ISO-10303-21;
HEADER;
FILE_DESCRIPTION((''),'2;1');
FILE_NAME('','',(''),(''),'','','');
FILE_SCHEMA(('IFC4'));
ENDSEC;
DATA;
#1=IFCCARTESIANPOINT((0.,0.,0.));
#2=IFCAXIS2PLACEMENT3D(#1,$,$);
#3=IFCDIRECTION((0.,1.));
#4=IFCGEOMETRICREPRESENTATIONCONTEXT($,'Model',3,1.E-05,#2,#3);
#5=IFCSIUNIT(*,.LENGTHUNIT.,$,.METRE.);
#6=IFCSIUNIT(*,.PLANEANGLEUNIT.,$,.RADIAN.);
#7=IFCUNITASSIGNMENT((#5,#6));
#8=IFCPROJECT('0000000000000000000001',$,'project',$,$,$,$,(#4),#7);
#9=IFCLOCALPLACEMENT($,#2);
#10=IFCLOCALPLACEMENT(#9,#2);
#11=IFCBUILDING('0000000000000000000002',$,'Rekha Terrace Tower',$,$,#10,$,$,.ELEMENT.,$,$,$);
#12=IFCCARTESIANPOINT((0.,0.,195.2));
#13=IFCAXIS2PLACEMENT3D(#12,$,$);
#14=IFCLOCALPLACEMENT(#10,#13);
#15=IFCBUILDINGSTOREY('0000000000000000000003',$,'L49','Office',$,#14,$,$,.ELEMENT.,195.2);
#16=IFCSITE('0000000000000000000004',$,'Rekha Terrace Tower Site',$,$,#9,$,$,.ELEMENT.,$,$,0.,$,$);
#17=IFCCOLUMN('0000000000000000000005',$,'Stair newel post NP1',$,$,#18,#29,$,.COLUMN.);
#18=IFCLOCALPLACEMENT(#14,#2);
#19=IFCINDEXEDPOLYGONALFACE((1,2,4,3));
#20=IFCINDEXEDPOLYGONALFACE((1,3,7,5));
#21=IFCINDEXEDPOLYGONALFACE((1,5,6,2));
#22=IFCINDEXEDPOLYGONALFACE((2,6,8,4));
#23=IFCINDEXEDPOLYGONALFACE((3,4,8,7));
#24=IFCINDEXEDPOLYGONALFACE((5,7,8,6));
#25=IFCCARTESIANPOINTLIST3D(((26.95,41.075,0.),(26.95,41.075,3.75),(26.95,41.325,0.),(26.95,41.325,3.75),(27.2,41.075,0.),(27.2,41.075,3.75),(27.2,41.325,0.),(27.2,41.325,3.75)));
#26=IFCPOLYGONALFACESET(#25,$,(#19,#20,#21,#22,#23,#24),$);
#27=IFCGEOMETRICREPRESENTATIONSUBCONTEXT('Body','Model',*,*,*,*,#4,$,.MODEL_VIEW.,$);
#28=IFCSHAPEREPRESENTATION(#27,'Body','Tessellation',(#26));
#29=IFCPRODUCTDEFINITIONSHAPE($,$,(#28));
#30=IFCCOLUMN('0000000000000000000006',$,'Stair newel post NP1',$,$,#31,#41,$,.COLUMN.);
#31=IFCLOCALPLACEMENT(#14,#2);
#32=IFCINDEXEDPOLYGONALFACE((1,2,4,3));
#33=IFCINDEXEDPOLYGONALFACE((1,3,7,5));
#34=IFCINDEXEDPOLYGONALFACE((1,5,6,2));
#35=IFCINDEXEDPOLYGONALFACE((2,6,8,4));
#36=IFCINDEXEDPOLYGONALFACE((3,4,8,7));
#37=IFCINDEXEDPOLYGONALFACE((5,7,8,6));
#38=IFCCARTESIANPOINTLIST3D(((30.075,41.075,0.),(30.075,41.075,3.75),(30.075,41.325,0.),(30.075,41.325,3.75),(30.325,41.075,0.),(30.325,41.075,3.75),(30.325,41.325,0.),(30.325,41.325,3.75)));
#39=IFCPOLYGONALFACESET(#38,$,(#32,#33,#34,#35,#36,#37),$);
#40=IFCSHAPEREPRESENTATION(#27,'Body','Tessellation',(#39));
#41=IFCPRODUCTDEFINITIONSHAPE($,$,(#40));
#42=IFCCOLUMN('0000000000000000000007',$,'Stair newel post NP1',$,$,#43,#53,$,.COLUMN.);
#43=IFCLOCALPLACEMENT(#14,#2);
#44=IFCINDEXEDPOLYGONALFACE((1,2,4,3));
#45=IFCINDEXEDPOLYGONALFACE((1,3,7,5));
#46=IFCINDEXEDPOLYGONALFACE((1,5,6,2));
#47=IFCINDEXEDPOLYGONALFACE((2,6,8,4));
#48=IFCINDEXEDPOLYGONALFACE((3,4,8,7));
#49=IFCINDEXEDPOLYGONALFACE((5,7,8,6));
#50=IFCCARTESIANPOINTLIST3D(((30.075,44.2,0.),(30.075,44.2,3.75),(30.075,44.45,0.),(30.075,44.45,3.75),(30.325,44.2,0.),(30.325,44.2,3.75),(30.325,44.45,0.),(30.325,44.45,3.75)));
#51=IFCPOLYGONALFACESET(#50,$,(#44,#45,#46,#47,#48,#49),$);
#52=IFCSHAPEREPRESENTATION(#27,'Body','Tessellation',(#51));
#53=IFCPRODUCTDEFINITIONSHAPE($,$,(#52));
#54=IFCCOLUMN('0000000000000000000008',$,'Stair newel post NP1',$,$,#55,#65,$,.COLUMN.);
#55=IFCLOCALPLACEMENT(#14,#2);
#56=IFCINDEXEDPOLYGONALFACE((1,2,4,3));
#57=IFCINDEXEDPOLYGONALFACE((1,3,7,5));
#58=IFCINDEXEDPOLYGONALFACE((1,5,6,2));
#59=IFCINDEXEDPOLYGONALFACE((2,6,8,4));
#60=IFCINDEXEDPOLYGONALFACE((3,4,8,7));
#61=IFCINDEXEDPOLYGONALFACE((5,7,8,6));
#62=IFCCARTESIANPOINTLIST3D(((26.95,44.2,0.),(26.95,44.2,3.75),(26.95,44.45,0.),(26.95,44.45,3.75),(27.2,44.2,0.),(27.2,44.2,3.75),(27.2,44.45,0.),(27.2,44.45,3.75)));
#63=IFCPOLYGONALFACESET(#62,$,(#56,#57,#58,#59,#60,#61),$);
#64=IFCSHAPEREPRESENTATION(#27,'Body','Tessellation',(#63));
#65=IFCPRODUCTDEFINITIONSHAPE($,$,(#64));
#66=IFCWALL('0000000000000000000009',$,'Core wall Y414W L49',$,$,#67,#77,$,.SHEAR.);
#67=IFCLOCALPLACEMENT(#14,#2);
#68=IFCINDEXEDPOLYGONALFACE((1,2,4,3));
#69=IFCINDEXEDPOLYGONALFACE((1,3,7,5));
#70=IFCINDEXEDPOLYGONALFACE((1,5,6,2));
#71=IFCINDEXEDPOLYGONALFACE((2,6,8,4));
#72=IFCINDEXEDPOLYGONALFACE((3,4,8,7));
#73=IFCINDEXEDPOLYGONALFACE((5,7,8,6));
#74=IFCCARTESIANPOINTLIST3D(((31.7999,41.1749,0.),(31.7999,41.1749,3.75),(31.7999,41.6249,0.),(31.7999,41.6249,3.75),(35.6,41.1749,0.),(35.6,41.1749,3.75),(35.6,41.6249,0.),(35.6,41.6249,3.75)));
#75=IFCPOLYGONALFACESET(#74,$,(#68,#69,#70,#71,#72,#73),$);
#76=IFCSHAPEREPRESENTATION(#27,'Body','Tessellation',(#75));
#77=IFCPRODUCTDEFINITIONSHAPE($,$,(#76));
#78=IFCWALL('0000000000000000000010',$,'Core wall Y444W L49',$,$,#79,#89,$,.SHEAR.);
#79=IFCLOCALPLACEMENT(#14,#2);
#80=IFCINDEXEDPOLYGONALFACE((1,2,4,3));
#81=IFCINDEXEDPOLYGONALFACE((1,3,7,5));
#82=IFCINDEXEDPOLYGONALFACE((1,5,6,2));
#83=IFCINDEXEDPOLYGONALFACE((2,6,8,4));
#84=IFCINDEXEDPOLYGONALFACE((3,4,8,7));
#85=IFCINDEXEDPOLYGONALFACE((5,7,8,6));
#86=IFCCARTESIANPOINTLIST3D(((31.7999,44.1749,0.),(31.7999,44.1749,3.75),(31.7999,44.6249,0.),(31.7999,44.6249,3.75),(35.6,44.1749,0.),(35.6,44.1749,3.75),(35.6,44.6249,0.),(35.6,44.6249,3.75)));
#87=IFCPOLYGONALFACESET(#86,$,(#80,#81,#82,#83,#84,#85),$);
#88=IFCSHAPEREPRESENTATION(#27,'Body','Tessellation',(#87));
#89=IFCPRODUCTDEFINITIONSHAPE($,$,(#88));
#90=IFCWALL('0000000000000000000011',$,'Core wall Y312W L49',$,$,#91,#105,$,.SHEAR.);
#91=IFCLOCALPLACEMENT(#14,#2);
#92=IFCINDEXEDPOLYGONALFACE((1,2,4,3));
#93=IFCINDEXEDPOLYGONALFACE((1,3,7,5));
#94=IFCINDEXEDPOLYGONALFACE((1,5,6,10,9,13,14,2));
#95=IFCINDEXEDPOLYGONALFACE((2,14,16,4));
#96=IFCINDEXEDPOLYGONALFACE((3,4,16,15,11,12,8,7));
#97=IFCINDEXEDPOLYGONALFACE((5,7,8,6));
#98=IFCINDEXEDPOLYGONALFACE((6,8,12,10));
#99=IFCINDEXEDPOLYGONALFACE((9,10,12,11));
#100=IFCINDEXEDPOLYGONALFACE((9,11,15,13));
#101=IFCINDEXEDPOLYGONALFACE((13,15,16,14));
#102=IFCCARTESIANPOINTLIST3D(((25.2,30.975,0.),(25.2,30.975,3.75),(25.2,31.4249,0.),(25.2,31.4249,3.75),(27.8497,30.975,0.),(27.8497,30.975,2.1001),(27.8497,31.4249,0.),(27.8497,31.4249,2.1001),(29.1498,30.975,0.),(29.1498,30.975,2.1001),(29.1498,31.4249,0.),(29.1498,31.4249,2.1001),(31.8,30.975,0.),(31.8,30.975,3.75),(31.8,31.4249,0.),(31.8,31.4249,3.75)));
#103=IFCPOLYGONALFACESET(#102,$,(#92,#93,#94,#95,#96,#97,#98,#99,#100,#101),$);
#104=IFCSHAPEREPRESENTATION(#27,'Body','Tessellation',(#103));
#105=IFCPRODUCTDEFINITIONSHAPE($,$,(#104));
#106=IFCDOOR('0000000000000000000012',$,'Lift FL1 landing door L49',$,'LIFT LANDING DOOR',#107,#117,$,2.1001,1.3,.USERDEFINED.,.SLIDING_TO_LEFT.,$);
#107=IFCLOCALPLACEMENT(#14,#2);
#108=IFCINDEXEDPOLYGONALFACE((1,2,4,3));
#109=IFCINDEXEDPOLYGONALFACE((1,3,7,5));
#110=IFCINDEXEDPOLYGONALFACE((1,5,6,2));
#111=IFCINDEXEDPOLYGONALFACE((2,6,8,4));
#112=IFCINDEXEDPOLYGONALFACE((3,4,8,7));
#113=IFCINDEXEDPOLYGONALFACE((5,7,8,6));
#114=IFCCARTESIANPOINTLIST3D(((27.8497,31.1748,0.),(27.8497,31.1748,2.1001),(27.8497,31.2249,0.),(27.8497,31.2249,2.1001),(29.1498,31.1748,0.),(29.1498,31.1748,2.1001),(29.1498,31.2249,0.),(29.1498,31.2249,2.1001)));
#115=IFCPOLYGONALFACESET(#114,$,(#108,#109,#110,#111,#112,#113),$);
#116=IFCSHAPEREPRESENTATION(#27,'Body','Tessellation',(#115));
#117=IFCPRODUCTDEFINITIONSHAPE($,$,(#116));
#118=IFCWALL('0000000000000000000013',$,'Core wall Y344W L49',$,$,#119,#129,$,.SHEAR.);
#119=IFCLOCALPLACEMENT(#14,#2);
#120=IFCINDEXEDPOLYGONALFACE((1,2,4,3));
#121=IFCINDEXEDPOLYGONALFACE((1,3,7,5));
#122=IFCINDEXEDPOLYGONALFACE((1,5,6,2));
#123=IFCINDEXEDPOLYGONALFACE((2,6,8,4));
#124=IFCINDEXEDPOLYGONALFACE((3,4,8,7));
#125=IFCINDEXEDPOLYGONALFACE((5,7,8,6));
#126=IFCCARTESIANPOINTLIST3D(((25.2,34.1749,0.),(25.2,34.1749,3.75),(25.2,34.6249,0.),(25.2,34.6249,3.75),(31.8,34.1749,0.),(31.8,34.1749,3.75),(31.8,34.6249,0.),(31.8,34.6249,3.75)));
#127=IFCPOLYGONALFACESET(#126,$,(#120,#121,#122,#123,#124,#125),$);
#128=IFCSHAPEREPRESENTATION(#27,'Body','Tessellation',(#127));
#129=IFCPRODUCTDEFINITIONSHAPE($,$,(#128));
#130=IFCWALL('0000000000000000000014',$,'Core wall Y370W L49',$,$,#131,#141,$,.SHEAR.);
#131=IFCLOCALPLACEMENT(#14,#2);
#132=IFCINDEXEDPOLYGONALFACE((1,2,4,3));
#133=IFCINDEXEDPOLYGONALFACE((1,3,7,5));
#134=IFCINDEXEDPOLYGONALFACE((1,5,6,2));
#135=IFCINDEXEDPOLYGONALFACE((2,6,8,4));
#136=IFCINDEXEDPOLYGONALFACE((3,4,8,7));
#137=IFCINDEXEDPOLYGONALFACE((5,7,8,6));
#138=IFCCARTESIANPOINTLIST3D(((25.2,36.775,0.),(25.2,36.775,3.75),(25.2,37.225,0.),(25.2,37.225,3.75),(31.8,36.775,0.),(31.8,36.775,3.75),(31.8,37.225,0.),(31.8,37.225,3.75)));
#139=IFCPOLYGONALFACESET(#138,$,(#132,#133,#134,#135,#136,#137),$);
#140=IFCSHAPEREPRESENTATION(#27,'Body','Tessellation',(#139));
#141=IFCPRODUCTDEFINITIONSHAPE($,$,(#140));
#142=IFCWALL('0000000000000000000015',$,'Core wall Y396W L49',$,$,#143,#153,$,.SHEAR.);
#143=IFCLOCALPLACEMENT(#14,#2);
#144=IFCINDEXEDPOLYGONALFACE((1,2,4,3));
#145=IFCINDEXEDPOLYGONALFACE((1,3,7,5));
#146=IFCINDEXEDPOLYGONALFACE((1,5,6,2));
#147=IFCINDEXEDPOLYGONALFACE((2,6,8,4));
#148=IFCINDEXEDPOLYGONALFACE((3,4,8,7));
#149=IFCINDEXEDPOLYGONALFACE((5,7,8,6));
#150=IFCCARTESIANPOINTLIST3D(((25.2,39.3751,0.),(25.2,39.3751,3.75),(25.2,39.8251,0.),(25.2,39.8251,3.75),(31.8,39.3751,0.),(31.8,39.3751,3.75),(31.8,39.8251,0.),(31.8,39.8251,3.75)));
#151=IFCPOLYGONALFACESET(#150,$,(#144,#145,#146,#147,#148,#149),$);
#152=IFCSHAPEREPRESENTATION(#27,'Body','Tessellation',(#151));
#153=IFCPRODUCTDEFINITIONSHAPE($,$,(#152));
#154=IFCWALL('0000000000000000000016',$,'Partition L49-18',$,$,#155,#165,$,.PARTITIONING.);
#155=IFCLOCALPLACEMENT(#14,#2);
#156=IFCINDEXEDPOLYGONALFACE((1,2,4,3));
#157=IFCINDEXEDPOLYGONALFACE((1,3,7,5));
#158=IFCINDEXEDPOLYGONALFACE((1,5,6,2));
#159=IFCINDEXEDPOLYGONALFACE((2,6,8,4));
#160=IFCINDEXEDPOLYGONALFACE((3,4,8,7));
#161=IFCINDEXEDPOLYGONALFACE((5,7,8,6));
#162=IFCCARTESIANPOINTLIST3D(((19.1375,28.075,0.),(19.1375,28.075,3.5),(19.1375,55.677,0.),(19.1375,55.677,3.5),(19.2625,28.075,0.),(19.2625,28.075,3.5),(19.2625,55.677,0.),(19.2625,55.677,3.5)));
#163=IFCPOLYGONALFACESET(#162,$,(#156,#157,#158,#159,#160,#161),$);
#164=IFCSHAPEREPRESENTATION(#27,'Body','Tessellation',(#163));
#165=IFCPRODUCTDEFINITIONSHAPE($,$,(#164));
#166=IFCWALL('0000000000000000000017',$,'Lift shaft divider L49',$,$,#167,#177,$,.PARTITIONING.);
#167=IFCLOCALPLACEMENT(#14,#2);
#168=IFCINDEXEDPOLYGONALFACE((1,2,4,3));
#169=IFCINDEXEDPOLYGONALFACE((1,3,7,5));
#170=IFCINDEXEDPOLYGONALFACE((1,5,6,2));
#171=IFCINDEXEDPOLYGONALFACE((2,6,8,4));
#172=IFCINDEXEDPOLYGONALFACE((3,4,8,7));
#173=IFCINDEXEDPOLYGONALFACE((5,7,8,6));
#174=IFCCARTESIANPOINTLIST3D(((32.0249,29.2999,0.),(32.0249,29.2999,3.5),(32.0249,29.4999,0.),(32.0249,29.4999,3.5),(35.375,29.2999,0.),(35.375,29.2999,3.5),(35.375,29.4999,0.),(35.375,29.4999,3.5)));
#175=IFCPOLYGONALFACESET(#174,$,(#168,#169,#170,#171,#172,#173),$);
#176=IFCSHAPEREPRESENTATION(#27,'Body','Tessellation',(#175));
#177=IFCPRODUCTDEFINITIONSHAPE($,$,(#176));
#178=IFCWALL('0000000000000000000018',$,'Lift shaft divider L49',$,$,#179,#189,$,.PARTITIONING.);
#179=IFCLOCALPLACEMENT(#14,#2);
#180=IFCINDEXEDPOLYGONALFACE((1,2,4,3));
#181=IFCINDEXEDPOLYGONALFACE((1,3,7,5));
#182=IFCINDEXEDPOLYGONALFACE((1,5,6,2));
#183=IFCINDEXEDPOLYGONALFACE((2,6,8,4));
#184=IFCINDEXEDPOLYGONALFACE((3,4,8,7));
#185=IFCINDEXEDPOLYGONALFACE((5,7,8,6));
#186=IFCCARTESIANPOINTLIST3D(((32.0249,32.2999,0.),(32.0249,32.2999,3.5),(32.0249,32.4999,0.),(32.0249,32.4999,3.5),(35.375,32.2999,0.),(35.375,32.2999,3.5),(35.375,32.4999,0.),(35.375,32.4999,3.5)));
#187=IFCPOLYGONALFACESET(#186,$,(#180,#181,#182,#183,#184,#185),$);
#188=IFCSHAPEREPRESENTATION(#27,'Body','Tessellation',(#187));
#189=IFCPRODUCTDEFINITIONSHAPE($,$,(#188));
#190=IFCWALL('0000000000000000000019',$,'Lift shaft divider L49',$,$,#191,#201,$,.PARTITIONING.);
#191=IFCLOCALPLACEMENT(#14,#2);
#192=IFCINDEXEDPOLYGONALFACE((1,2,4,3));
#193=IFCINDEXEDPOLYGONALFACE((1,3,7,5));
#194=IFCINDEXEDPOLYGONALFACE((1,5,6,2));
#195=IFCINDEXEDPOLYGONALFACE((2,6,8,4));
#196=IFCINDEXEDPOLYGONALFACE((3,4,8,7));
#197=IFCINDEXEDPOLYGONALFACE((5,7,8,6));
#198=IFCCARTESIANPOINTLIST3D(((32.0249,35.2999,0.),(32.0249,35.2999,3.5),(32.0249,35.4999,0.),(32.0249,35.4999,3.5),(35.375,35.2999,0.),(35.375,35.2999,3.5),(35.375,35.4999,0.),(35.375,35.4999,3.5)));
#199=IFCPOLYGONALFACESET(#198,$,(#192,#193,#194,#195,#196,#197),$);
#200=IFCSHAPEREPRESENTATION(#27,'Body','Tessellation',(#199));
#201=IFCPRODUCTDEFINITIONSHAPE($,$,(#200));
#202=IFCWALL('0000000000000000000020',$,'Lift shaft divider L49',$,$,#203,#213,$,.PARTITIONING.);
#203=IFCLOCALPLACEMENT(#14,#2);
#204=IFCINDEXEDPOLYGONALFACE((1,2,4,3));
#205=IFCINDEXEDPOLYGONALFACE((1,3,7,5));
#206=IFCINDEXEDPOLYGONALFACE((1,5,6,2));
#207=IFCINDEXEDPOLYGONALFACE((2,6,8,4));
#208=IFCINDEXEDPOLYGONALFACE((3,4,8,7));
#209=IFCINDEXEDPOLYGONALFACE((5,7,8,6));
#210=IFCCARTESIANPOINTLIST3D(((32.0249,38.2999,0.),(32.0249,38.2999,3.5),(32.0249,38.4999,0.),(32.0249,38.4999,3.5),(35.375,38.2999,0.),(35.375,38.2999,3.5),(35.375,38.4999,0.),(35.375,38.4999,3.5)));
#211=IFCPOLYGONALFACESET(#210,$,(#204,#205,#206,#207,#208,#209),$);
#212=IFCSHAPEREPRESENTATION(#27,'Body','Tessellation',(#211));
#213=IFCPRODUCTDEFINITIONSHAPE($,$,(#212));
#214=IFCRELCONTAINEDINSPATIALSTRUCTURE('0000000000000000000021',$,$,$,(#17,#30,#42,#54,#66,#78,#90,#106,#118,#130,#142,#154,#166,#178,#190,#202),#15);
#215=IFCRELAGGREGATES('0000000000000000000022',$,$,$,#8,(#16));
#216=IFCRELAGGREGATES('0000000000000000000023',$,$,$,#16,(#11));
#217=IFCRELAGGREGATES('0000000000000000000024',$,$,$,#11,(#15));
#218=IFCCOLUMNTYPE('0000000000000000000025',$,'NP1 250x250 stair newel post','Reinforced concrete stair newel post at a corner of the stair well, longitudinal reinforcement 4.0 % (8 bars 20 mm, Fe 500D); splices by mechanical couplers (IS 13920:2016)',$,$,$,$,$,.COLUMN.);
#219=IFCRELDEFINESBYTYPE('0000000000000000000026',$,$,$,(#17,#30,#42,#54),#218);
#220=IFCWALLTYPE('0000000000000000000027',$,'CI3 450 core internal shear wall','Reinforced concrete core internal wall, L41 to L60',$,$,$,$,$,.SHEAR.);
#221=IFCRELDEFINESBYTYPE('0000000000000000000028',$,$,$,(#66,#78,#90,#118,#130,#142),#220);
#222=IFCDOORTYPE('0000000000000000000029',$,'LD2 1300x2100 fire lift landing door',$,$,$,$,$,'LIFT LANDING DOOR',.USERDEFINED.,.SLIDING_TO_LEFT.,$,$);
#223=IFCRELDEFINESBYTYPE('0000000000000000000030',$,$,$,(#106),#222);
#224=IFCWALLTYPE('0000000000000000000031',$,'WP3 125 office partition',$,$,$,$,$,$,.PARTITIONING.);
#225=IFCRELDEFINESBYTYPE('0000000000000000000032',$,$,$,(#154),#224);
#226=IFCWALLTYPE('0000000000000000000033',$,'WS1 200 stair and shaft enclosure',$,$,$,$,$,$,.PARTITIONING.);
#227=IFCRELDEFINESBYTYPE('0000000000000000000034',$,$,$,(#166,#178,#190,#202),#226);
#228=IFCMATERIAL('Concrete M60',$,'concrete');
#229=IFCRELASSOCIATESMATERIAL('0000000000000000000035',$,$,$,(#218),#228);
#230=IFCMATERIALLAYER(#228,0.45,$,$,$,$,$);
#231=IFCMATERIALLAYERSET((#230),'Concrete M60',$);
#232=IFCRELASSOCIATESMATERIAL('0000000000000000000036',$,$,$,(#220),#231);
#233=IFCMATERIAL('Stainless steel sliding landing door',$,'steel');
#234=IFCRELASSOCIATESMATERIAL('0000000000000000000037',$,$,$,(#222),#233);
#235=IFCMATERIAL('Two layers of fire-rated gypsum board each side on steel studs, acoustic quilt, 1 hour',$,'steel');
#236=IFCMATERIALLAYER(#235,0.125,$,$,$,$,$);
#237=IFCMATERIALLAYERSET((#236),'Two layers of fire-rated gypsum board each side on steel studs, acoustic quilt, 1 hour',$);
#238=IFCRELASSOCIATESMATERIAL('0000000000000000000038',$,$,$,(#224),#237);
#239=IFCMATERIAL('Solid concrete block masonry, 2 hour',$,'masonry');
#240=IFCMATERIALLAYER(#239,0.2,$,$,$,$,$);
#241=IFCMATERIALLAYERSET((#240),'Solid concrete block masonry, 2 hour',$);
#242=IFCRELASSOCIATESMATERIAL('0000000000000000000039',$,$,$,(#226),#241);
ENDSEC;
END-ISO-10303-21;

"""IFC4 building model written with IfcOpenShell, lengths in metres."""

from ifc_helpers import new_model, si_unit, direction, frame, frame_2d, origin, origin_2d, place, context, subcontext, project, spatial, rectangle, extrude, material, layer, layer_set, material_profile, profile_set, type_object, element, fill, save


model = new_model("IFC4")

# Units and contexts
model_context = context("Model", 3, precision=1e-05, world=origin(), true_north=direction((0.0, 1.0)))
body_context = subcontext(model_context, "Body", "Model", "MODEL_VIEW")
ifc_project = project(units=[si_unit("LENGTHUNIT", "METRE"), si_unit("PLANEANGLEUNIT", "RADIAN")], contexts=[model_context])

# Site, building, storey
site_placement = place(None, origin())
site = spatial("IfcSite", under=ifc_project, at=site_placement, Name="Rekha Terrace Tower Site", CompositionType="ELEMENT", RefElevation=0.0)
building_placement = place(site_placement, origin())
building = spatial("IfcBuilding", under=site, at=building_placement, Name="Rekha Terrace Tower", CompositionType="ELEMENT")
storey_placement = place(building_placement, frame((0.0, 0.0, 195.2)))
storey = spatial("IfcBuildingStorey", under=building, at=storey_placement, Name="L49", Description="Office", CompositionType="ELEMENT", Elevation=195.2)

# Columns
ifc_material_1 = material(Name="Concrete M60", Category="concrete")
ifc_material_profile = material_profile(ifc_material_1, rectangle(XDim=0.25, YDim=0.25, at=origin_2d()), Name="RC 250x250")
ifc_profile_set = profile_set([ifc_material_profile], Name="Concrete M60")
column_type = type_object("IfcColumnType", Name="NP1 250x250 stair newel post", Description="Reinforced concrete stair newel post at a corner of the stair well, longitudinal reinforcement 4.0 % (8 bars 20 mm, Fe 500D); splices by mechanical couplers (IS 13920:2016)", PredefinedType="COLUMN", material=ifc_profile_set)
for number, where, z_axis, x_axis, name in (
    (1, (27.075, 41.2, 0.0), (0.0, 0.0, 1.0), (1.0, 0.0, 0.0), "Stair newel post NP1"),
    (2, (30.2, 41.2, 0.0), (0.0, 0.0, 1.0), (1.0, 0.0, 0.0), "Stair newel post NP1"),
    (3, (30.2, 44.325, 0.0), (0.0, 0.0, 1.0), (1.0, 0.0, 0.0), "Stair newel post NP1"),
    (4, (27.075, 44.325, 0.0), (0.0, 0.0, 1.0), (1.0, 0.0, 0.0), "Stair newel post NP1"),
):
    element("IfcColumn", number, at=place(storey_placement, frame(where, z_axis=z_axis, x_axis=x_axis)), inside=storey, type_object=column_type, Name=name, PredefinedType="COLUMN", context=body_context, shape_type="SweptSolid", body=[
        extrude(rectangle(XDim=0.25, YDim=0.25, at=origin_2d()), origin(), (0.0, 0.0, 1.0), 3.75),
    ])

# Walls
ifc_layer_1 = layer(ifc_material_1, 0.45)
ifc_layer_set_1 = layer_set([ifc_layer_1], Name="Concrete M60")
wall_type_1 = type_object("IfcWallType", Name="CI3 450 core internal shear wall", Description="Reinforced concrete core internal wall, L41 to L60", PredefinedType="SHEAR", material=ifc_layer_set_1)
for number, where, z_axis, x_axis, name in (
    (5, (31.8, 41.3999, 0.0), (0.0, 0.0, 1.0), (1.0, 0.0, 0.0), "Core wall Y414W L49"),
    (6, (31.8, 44.3999, 0.0), (0.0, 0.0, 1.0), (1.0, 0.0, 0.0), "Core wall Y444W L49"),
):
    element("IfcWall", number, at=place(storey_placement, frame(where, z_axis=z_axis, x_axis=x_axis)), inside=storey, type_object=wall_type_1, Name=name, PredefinedType="SHEAR", context=body_context, shape_type="SweptSolid", body=[
        extrude(rectangle(XDim=3.8, YDim=0.45, at=frame_2d((1.8999, 0.0))), origin(), (0.0, 0.0, 1.0), 3.75),
    ])

# Wall, opening, door
wall_1_placement = place(storey_placement, frame((25.2, 31.2, 0.0), z_axis=(0.0, 0.0, 1.0), x_axis=(1.0, 0.0, 0.0)))
wall_1 = element("IfcWall", 7, at=wall_1_placement, inside=storey, type_object=wall_type_1, Name="Core wall Y312W L49", PredefinedType="SHEAR", context=body_context, shape_type="SweptSolid", body=[
    extrude(rectangle(XDim=6.6001, YDim=0.45, at=frame_2d((3.3, 0.0))), origin(), (0.0, 0.0, 1.0), 3.75),
])
opening_placement = place(wall_1_placement, frame((2.6499, 0.0, 0.0)))
opening = element("IfcOpeningElement", 8, at=opening_placement, cuts=wall_1, PredefinedType="OPENING", context=body_context, shape_type="SweptSolid", body=[
    extrude(rectangle(XDim=1.3, YDim=2.1001, at=frame_2d((0.6499, 1.05))), frame((0.0, 0.2349, 0.0), z_axis=(0.0, -1.0, 0.0), x_axis=(1.0, 0.0, 0.0)), (0.0, 0.0, 1.0), 0.47),
])
ifc_material_2 = material(Name="Stainless steel sliding landing door", Category="steel")
door_type = type_object("IfcDoorType", Name="LD2 1300x2100 fire lift landing door", ElementType="LIFT LANDING DOOR", OperationType="SLIDING_TO_LEFT", PredefinedType="USERDEFINED", material=ifc_material_2)
door_placement = place(opening_placement, origin())
door = element("IfcDoor", 9, at=door_placement, inside=storey, type_object=door_type, Name="Lift FL1 landing door L49", ObjectType="LIFT LANDING DOOR", OperationType="SLIDING_TO_LEFT", OverallHeight=2.1001, OverallWidth=1.3, PredefinedType="USERDEFINED", context=body_context, shape_type="SweptSolid", body=[
    extrude(rectangle(XDim=1.3, YDim=2.1001, at=frame_2d((0.6499, 1.05))), frame((0.0, 0.0249, 0.0), z_axis=(0.0, -1.0, 0.0), x_axis=(1.0, 0.0, 0.0)), (0.0, 0.0, 1.0), 0.05),
])
fill(opening, door)

# Walls
for number, where, z_axis, x_axis, name in (
    (10, (25.2, 34.3999, 0.0), (0.0, 0.0, 1.0), (1.0, 0.0, 0.0), "Core wall Y344W L49"),
    (11, (25.2, 37.0, 0.0), (0.0, 0.0, 1.0), (1.0, 0.0, 0.0), "Core wall Y370W L49"),
    (12, (25.2, 39.6001, 0.0), (0.0, 0.0, 1.0), (1.0, 0.0, 0.0), "Core wall Y396W L49"),
):
    element("IfcWall", number, at=place(storey_placement, frame(where, z_axis=z_axis, x_axis=x_axis)), inside=storey, type_object=wall_type_1, Name=name, PredefinedType="SHEAR", context=body_context, shape_type="SweptSolid", body=[
        extrude(rectangle(XDim=6.6001, YDim=0.45, at=frame_2d((3.3, 0.0))), origin(), (0.0, 0.0, 1.0), 3.75),
    ])
ifc_material_3 = material(Name="Two layers of fire-rated gypsum board each side on steel studs, acoustic quilt, 1 hour", Category="steel")
ifc_layer_2 = layer(ifc_material_3, 0.125)
ifc_layer_set_2 = layer_set([ifc_layer_2], Name="Two layers of fire-rated gypsum board each side on steel studs, acoustic quilt, 1 hour")
wall_type_2 = type_object("IfcWallType", Name="WP3 125 office partition", PredefinedType="PARTITIONING", material=ifc_layer_set_2)
wall_2_placement = place(storey_placement, frame((19.2, 28.075, 0.0), z_axis=(0.0, 0.0, 1.0), x_axis=(0.0, 1.0, 0.0)))
element("IfcWall", 13, at=wall_2_placement, inside=storey, type_object=wall_type_2, Name="Partition L49-18", PredefinedType="PARTITIONING", context=body_context, shape_type="SweptSolid", body=[
    extrude(rectangle(XDim=27.6021, YDim=0.125, at=frame_2d((13.801, 0.0))), origin(), (0.0, 0.0, 1.0), 3.5),
])
ifc_material_4 = material(Name="Solid concrete block masonry, 2 hour", Category="masonry")
ifc_layer_3 = layer(ifc_material_4, 0.2)
ifc_layer_set_3 = layer_set([ifc_layer_3], Name="Solid concrete block masonry, 2 hour")
wall_type_3 = type_object("IfcWallType", Name="WS1 200 stair and shaft enclosure", PredefinedType="PARTITIONING", material=ifc_layer_set_3)
for number, where, z_axis, x_axis, name in (
    (14, (32.0249, 29.3999, 0.0), (0.0, 0.0, 1.0), (1.0, 0.0, 0.0), "Lift shaft divider L49"),
    (15, (32.0249, 32.3999, 0.0), (0.0, 0.0, 1.0), (1.0, 0.0, 0.0), "Lift shaft divider L49"),
    (16, (32.0249, 35.3999, 0.0), (0.0, 0.0, 1.0), (1.0, 0.0, 0.0), "Lift shaft divider L49"),
    (17, (32.0249, 38.3999, 0.0), (0.0, 0.0, 1.0), (1.0, 0.0, 0.0), "Lift shaft divider L49"),
):
    element("IfcWall", number, at=place(storey_placement, frame(where, z_axis=z_axis, x_axis=x_axis)), inside=storey, type_object=wall_type_3, Name=name, PredefinedType="PARTITIONING", context=body_context, shape_type="SweptSolid", body=[
        extrude(rectangle(XDim=3.3501, YDim=0.2, at=frame_2d((1.675, 0.0))), origin(), (0.0, 0.0, 1.0), 3.5),
    ])

save(model, "model.ifc")
